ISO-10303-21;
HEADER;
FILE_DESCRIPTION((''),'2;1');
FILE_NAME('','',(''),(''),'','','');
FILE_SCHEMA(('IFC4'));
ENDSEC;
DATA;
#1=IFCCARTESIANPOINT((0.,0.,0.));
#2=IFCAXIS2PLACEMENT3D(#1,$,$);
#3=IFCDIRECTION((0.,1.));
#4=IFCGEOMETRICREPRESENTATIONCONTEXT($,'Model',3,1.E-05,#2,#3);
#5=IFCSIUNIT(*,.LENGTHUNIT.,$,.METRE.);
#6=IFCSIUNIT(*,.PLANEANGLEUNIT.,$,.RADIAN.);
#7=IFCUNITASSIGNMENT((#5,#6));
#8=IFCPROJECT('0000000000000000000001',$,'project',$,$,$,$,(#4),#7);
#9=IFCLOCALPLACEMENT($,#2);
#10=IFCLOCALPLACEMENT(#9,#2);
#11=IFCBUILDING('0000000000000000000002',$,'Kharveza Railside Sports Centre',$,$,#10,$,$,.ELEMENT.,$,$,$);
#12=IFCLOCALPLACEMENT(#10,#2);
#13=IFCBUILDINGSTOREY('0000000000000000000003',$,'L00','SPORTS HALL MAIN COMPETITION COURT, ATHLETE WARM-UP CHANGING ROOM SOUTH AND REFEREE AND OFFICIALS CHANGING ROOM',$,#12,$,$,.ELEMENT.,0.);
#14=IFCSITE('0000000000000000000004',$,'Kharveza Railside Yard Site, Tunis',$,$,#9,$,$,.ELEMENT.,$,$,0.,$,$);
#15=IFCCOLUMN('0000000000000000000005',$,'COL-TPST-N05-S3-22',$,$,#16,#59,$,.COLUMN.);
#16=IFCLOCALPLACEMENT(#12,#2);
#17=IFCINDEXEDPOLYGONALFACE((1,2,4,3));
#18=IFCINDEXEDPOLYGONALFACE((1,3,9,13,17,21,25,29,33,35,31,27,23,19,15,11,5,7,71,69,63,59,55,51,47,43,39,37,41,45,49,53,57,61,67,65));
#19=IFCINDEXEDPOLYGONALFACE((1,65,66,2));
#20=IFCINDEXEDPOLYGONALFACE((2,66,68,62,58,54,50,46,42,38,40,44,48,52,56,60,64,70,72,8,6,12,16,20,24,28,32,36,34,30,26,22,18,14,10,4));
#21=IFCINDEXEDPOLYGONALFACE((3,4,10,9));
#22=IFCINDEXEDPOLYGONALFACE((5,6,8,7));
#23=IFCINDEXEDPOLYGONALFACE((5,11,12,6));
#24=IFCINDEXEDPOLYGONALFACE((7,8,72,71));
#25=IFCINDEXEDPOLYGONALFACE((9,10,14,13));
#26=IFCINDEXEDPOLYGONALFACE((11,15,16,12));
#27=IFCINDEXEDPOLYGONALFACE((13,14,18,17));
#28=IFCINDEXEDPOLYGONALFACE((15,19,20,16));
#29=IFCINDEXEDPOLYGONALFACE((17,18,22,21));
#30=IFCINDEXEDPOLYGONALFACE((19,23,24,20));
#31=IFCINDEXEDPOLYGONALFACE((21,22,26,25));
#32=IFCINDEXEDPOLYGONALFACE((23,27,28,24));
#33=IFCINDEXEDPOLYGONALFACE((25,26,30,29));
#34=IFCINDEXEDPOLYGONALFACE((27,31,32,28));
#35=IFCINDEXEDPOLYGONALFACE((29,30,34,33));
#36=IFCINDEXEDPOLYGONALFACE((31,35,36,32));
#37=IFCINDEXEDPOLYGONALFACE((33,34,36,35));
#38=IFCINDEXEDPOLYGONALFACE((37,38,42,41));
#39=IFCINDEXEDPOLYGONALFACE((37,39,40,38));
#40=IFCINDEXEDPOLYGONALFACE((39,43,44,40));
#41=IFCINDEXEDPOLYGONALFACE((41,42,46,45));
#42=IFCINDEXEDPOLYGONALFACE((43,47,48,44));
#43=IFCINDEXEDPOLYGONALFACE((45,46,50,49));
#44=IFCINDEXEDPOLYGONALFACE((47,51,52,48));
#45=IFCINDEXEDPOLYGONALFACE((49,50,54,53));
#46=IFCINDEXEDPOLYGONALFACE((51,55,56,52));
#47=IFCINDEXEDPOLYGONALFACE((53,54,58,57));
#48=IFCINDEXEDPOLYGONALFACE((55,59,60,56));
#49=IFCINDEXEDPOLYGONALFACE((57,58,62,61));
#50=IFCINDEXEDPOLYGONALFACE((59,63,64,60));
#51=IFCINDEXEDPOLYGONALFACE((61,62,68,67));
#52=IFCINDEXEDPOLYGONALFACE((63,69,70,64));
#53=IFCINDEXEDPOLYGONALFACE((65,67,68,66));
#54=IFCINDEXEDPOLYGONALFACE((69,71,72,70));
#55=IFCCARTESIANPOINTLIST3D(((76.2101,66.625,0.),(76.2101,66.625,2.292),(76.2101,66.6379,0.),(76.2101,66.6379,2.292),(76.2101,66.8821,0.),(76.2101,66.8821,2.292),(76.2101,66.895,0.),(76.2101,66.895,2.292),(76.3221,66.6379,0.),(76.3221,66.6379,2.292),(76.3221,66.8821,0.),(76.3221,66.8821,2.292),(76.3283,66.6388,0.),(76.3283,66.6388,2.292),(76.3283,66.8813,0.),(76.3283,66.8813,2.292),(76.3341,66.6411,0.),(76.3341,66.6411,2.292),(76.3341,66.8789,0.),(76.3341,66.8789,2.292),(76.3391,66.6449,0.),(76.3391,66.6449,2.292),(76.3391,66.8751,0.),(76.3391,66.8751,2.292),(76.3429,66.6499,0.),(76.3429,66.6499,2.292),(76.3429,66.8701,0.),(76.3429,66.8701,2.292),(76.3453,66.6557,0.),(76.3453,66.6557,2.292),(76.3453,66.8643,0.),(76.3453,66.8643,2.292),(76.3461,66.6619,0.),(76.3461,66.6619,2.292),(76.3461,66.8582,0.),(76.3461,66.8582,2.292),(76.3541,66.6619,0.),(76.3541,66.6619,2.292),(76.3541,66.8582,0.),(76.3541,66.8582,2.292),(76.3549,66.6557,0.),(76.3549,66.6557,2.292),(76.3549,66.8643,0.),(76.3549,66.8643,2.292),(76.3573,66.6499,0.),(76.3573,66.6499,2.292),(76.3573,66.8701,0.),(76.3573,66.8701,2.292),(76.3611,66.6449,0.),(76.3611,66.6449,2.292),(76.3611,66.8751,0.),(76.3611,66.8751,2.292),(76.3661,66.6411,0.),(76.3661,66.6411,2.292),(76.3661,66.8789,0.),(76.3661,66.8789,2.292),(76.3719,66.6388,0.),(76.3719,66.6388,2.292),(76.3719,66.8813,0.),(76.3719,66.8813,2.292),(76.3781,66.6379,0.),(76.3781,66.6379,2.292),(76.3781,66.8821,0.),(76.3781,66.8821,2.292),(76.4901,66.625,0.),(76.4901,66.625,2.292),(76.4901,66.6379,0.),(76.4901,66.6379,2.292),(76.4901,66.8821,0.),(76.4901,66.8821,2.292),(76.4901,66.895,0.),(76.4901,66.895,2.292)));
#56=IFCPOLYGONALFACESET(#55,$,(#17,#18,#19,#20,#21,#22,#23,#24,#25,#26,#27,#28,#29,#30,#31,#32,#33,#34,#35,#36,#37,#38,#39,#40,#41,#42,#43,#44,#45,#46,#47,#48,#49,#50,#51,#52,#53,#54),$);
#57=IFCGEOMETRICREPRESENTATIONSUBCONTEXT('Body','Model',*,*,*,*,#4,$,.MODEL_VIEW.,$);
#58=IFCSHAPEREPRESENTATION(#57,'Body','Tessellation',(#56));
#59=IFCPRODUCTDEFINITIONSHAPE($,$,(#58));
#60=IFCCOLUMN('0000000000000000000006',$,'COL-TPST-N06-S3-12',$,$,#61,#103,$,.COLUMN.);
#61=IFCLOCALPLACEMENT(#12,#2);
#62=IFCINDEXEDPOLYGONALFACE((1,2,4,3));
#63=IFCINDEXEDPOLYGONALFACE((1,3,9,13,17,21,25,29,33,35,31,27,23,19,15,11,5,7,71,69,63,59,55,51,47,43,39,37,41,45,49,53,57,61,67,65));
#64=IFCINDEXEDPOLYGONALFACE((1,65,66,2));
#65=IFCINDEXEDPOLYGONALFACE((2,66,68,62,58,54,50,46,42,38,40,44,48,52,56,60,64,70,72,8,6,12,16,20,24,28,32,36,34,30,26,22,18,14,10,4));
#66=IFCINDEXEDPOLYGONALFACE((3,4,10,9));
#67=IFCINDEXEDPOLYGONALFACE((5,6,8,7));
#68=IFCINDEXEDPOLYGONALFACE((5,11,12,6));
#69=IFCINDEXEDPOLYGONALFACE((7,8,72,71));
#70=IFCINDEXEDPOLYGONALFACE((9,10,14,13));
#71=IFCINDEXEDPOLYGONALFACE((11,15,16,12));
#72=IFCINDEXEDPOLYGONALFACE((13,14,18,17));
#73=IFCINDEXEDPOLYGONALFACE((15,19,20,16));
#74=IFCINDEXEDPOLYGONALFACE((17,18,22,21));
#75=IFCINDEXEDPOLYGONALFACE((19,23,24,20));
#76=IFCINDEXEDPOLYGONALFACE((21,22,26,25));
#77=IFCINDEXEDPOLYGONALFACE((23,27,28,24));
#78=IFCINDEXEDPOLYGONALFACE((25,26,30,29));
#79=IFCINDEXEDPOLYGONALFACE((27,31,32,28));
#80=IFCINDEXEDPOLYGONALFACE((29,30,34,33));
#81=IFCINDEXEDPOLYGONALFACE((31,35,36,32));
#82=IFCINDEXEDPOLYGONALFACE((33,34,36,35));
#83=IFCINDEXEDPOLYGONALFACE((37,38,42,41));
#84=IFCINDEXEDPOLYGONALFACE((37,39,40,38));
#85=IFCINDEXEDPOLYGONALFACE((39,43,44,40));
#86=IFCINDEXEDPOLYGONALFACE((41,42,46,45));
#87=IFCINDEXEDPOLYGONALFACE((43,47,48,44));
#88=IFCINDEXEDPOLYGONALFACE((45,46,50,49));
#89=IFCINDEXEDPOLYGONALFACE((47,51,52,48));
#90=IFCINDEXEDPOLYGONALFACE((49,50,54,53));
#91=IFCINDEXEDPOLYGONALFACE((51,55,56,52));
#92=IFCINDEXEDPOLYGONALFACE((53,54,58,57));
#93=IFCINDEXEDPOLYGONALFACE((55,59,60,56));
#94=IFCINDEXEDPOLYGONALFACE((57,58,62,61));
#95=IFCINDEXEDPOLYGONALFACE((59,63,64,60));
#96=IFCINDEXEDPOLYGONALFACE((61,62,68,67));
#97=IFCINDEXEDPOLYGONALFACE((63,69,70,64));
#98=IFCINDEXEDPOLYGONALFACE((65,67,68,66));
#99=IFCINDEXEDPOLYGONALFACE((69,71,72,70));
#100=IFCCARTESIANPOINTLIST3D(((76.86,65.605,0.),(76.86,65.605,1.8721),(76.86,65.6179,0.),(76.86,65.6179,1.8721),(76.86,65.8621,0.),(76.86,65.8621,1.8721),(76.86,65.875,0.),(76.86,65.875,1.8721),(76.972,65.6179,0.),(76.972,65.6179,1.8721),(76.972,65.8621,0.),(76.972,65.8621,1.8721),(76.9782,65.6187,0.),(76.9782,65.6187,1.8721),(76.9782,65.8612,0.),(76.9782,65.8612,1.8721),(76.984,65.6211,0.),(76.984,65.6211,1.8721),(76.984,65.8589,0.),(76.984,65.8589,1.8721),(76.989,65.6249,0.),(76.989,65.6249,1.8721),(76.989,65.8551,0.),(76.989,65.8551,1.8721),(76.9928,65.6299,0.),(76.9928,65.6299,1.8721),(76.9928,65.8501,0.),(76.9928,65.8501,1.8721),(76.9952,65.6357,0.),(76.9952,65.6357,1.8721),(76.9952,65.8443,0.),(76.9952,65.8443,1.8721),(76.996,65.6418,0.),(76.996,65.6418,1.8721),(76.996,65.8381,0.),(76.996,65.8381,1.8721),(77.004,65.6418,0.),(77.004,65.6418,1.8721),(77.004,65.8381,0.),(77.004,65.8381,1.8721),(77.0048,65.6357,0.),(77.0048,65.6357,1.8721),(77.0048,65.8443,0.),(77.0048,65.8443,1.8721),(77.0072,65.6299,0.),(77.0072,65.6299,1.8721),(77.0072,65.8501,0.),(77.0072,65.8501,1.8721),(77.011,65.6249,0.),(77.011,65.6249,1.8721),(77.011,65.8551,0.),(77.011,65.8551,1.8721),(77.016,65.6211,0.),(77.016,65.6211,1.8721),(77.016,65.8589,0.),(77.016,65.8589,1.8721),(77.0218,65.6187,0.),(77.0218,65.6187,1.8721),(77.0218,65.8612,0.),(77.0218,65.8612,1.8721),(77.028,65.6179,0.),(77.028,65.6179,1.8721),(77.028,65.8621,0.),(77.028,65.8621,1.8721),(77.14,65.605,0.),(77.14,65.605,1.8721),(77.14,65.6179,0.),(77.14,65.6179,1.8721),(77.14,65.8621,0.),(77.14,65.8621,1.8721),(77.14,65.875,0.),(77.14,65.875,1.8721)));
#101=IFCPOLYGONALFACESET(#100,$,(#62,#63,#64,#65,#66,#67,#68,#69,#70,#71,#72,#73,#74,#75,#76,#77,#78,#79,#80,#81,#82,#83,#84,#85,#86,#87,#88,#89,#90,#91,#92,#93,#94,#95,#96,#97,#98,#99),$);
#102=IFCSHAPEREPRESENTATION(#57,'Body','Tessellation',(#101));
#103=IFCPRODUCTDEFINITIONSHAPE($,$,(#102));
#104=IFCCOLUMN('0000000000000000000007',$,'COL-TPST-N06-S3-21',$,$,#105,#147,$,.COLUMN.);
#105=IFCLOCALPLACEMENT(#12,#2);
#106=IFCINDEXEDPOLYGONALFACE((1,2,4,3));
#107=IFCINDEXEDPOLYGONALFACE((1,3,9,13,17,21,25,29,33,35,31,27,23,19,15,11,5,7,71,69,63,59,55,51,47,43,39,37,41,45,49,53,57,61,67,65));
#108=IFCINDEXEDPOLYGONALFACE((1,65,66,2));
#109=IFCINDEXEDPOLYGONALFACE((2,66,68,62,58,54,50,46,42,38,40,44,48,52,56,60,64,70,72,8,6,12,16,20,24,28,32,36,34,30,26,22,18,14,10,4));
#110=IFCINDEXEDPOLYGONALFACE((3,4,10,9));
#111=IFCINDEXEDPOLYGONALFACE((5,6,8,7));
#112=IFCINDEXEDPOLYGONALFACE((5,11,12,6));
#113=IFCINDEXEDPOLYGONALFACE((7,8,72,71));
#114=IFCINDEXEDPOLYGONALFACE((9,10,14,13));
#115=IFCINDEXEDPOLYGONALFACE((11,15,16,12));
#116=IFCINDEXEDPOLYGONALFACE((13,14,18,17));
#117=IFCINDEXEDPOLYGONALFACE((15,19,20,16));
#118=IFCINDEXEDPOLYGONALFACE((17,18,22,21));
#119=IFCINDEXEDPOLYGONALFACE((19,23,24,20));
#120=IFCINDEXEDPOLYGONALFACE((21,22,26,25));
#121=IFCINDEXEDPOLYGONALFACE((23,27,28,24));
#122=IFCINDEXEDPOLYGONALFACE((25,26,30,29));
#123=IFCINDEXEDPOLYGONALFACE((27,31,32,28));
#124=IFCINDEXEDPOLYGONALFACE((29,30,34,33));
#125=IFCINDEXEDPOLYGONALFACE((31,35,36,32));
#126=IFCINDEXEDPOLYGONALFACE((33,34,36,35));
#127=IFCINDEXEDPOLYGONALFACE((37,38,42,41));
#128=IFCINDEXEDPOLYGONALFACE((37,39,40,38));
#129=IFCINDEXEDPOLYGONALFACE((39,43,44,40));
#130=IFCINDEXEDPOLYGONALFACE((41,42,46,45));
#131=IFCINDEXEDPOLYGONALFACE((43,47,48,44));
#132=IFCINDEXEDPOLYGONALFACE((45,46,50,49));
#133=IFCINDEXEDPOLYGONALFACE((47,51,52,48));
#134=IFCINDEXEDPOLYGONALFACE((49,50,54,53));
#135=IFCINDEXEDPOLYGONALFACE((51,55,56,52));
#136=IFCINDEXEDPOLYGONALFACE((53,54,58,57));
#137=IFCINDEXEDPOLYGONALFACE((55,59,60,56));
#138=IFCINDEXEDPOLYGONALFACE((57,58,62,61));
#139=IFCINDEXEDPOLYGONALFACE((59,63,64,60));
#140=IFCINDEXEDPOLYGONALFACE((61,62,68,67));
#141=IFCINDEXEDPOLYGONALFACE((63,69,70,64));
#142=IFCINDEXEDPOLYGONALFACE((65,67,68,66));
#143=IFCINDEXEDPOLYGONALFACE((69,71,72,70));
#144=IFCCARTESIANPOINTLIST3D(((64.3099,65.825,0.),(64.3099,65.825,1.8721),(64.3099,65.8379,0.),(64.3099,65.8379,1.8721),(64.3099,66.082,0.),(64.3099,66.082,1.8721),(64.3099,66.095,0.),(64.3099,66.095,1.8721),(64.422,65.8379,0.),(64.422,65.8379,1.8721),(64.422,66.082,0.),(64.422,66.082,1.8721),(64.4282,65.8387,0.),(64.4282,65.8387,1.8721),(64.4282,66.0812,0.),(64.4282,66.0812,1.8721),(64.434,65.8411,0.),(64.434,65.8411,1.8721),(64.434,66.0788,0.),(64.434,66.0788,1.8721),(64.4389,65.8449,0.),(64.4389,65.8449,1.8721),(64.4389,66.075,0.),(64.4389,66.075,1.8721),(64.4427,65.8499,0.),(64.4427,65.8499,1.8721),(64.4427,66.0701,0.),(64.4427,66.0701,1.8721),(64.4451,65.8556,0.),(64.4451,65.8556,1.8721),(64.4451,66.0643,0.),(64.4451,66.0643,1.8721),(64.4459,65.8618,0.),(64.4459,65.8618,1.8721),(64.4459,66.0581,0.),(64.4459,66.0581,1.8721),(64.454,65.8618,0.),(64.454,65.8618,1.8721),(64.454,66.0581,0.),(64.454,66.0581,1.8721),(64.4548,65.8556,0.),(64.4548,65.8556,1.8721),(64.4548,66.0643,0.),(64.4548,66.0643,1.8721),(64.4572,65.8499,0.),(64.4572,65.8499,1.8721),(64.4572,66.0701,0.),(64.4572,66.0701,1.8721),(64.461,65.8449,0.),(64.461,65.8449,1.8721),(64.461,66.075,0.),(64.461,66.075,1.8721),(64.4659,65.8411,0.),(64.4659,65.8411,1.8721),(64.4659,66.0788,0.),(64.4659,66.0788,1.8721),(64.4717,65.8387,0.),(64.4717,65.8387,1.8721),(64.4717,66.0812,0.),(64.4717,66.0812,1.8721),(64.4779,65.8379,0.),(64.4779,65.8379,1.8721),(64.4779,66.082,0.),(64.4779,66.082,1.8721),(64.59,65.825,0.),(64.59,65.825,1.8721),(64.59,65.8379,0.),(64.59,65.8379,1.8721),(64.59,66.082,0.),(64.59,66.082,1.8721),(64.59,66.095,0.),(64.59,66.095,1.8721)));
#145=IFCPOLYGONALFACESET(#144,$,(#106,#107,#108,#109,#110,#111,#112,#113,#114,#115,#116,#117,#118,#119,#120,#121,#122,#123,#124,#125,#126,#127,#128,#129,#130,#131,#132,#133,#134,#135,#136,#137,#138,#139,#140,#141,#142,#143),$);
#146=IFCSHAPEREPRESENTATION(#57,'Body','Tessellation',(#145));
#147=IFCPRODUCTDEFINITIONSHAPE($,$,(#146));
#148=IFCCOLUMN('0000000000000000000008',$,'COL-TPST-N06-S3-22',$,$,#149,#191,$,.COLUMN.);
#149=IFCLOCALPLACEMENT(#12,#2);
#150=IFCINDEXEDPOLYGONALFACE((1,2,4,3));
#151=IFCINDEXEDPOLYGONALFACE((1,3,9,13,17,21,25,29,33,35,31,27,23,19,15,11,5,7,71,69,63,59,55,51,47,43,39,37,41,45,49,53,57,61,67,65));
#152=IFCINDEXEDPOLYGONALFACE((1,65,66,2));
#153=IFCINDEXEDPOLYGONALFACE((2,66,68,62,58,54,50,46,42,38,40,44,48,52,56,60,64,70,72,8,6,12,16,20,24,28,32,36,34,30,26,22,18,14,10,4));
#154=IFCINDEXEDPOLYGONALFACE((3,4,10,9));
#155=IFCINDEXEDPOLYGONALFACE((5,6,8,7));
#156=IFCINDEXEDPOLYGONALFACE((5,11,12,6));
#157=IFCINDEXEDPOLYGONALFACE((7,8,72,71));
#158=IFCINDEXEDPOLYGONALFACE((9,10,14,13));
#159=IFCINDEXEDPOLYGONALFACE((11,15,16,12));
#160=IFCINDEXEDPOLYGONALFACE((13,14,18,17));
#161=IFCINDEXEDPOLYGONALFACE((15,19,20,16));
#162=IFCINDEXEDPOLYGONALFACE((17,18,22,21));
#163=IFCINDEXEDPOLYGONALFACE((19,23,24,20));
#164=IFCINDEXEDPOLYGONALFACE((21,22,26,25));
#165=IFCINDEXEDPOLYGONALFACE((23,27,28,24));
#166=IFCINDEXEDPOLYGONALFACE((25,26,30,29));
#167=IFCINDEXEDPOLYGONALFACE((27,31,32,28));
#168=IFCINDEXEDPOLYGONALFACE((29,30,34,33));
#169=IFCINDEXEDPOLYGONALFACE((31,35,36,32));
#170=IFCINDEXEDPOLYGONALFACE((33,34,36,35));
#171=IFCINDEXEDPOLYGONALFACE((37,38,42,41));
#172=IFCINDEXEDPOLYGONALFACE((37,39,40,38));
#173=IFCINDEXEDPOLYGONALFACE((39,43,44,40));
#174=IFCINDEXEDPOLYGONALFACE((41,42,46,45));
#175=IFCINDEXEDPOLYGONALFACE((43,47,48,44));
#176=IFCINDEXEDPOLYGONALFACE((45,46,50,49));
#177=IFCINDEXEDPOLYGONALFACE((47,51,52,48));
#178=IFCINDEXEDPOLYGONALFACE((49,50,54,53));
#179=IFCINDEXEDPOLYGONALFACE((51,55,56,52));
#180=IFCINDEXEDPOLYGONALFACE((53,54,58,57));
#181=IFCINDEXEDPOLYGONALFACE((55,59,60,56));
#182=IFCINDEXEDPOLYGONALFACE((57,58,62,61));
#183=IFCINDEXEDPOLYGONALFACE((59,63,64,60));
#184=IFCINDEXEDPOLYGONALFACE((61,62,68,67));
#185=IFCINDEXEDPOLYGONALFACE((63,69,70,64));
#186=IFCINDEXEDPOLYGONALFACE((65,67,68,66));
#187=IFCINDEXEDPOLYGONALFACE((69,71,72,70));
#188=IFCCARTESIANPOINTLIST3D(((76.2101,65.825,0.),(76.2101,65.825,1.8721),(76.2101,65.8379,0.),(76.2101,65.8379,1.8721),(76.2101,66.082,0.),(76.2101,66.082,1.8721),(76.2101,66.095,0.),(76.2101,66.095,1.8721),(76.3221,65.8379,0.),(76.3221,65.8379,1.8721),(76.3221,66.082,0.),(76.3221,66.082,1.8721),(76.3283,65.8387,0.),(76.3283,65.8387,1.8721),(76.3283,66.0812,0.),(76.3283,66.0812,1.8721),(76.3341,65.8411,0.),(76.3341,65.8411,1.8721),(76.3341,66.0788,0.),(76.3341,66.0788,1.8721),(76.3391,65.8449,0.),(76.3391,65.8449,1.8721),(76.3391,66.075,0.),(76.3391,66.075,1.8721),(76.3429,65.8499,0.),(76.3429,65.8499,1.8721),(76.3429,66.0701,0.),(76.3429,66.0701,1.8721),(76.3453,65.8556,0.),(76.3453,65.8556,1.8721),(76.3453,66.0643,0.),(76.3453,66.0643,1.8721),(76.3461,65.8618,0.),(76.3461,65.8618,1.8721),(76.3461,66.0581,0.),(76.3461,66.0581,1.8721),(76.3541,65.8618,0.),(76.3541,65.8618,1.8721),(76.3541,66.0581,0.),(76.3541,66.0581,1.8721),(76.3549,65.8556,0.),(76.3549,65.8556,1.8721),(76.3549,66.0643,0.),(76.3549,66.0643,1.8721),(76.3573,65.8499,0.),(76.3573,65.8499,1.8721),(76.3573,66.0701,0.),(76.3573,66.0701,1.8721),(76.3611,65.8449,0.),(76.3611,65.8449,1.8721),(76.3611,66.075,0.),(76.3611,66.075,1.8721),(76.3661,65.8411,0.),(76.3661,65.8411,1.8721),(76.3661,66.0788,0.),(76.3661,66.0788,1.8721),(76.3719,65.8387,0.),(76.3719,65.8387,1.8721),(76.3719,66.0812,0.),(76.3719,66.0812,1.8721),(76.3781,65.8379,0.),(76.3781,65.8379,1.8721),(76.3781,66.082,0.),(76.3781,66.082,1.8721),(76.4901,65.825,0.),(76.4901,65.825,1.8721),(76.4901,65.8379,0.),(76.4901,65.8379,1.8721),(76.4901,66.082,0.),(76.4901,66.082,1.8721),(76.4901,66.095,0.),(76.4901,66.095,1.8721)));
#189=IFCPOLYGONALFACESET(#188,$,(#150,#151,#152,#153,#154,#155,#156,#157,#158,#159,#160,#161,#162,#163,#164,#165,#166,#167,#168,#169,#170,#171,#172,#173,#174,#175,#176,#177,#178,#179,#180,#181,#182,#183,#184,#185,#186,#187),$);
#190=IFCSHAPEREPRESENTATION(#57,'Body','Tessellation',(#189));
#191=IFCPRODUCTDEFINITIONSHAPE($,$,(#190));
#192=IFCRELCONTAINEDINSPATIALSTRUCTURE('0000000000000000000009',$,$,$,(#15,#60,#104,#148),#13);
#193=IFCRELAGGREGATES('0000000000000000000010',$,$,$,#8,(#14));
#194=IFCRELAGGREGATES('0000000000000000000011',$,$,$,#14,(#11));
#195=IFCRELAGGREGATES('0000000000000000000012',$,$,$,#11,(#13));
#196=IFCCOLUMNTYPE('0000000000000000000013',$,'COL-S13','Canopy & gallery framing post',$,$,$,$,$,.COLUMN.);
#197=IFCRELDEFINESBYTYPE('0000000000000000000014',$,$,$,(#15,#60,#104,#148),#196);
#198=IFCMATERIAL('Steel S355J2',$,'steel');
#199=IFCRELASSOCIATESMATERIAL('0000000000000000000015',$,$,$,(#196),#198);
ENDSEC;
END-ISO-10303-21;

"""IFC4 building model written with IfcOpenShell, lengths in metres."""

from ifc_helpers import new_model, si_unit, direction, frame, origin, origin_2d, place, context, subcontext, project, spatial, i_section, extrude, material, material_profile, profile_set, type_object, element, save


model = new_model("IFC4")

# Units and contexts
model_context = context("Model", 3, precision=1e-05, world=origin(), true_north=direction((0.0, 1.0)))
body_context = subcontext(model_context, "Body", "Model", "MODEL_VIEW")
ifc_project = project(units=[si_unit("LENGTHUNIT", "METRE"), si_unit("PLANEANGLEUNIT", "RADIAN")], contexts=[model_context])

# Site, building, storey
site_placement = place(None, origin())
site = spatial("IfcSite", under=ifc_project, at=site_placement, Name="Kharveza Railside Yard Site, Tunis", CompositionType="ELEMENT", RefElevation=0.0)
building_placement = place(site_placement, origin())
building = spatial("IfcBuilding", under=site, at=building_placement, Name="Kharveza Railside Sports Centre", CompositionType="ELEMENT")
storey_placement = place(building_placement, origin())
storey = spatial("IfcBuildingStorey", under=building, at=storey_placement, Name="L00", Description="SPORTS HALL MAIN COMPETITION COURT, ATHLETE WARM-UP CHANGING ROOM SOUTH AND REFEREE AND OFFICIALS CHANGING ROOM", CompositionType="ELEMENT", Elevation=0.0)

# Columns
ifc_material_1 = material(Name="Steel S355J2", Category="steel")
ifc_material_profile_1 = material_profile(ifc_material_1, i_section(OverallWidth=0.28, OverallDepth=0.27, WebThickness=0.0081, FlangeThickness=0.0129, FilletRadius=0.0239, at=origin_2d()), Name="HEA 280")
ifc_profile_set_1 = profile_set([ifc_material_profile_1], Name="Steel S355J2")
column_type_1 = type_object("IfcColumnType", Name="COL-S13", Description="Canopy & gallery framing post", PredefinedType="COLUMN", material=ifc_profile_set_1)
for number, where, z_axis, x_axis, name in (
    (1, (76.3501, 66.76, 0.0), (0.0, 0.0, 1.0), (1.0, 0.0, 0.0), "COL-TPST-N05-S3-22"),
):
    element("IfcColumn", number, at=place(storey_placement, frame(where, z_axis=z_axis, x_axis=x_axis)), inside=storey, type_object=column_type_1, Name=name, PredefinedType="COLUMN", context=body_context, shape_type="SweptSolid", body=[
        extrude(i_section(OverallWidth=0.28, OverallDepth=0.27, WebThickness=0.0081, FlangeThickness=0.0129, FilletRadius=0.0239, at=origin_2d()), origin(), (0.0, 0.0, 1.0), 2.292),
    ])
for number, where, z_axis, x_axis, name in (
    (2, (77.0, 65.74, 0.0), (0.0, 0.0, 1.0), (1.0, 0.0, 0.0), "COL-TPST-N06-S3-12"),
    (3, (64.45, 65.96, 0.0), (0.0, 0.0, 1.0), (1.0, 0.0, 0.0), "COL-TPST-N06-S3-21"),
    (4, (76.3501, 65.96, 0.0), (0.0, 0.0, 1.0), (1.0, 0.0, 0.0), "COL-TPST-N06-S3-22"),
):
    element("IfcColumn", number, at=place(storey_placement, frame(where, z_axis=z_axis, x_axis=x_axis)), inside=storey, type_object=column_type_1, Name=name, PredefinedType="COLUMN", context=body_context, shape_type="SweptSolid", body=[
        extrude(i_section(OverallWidth=0.28, OverallDepth=0.27, WebThickness=0.0081, FlangeThickness=0.0129, FilletRadius=0.0239, at=origin_2d()), origin(), (0.0, 0.0, 1.0), 1.8721),
    ])

save(model, "model.ifc")
